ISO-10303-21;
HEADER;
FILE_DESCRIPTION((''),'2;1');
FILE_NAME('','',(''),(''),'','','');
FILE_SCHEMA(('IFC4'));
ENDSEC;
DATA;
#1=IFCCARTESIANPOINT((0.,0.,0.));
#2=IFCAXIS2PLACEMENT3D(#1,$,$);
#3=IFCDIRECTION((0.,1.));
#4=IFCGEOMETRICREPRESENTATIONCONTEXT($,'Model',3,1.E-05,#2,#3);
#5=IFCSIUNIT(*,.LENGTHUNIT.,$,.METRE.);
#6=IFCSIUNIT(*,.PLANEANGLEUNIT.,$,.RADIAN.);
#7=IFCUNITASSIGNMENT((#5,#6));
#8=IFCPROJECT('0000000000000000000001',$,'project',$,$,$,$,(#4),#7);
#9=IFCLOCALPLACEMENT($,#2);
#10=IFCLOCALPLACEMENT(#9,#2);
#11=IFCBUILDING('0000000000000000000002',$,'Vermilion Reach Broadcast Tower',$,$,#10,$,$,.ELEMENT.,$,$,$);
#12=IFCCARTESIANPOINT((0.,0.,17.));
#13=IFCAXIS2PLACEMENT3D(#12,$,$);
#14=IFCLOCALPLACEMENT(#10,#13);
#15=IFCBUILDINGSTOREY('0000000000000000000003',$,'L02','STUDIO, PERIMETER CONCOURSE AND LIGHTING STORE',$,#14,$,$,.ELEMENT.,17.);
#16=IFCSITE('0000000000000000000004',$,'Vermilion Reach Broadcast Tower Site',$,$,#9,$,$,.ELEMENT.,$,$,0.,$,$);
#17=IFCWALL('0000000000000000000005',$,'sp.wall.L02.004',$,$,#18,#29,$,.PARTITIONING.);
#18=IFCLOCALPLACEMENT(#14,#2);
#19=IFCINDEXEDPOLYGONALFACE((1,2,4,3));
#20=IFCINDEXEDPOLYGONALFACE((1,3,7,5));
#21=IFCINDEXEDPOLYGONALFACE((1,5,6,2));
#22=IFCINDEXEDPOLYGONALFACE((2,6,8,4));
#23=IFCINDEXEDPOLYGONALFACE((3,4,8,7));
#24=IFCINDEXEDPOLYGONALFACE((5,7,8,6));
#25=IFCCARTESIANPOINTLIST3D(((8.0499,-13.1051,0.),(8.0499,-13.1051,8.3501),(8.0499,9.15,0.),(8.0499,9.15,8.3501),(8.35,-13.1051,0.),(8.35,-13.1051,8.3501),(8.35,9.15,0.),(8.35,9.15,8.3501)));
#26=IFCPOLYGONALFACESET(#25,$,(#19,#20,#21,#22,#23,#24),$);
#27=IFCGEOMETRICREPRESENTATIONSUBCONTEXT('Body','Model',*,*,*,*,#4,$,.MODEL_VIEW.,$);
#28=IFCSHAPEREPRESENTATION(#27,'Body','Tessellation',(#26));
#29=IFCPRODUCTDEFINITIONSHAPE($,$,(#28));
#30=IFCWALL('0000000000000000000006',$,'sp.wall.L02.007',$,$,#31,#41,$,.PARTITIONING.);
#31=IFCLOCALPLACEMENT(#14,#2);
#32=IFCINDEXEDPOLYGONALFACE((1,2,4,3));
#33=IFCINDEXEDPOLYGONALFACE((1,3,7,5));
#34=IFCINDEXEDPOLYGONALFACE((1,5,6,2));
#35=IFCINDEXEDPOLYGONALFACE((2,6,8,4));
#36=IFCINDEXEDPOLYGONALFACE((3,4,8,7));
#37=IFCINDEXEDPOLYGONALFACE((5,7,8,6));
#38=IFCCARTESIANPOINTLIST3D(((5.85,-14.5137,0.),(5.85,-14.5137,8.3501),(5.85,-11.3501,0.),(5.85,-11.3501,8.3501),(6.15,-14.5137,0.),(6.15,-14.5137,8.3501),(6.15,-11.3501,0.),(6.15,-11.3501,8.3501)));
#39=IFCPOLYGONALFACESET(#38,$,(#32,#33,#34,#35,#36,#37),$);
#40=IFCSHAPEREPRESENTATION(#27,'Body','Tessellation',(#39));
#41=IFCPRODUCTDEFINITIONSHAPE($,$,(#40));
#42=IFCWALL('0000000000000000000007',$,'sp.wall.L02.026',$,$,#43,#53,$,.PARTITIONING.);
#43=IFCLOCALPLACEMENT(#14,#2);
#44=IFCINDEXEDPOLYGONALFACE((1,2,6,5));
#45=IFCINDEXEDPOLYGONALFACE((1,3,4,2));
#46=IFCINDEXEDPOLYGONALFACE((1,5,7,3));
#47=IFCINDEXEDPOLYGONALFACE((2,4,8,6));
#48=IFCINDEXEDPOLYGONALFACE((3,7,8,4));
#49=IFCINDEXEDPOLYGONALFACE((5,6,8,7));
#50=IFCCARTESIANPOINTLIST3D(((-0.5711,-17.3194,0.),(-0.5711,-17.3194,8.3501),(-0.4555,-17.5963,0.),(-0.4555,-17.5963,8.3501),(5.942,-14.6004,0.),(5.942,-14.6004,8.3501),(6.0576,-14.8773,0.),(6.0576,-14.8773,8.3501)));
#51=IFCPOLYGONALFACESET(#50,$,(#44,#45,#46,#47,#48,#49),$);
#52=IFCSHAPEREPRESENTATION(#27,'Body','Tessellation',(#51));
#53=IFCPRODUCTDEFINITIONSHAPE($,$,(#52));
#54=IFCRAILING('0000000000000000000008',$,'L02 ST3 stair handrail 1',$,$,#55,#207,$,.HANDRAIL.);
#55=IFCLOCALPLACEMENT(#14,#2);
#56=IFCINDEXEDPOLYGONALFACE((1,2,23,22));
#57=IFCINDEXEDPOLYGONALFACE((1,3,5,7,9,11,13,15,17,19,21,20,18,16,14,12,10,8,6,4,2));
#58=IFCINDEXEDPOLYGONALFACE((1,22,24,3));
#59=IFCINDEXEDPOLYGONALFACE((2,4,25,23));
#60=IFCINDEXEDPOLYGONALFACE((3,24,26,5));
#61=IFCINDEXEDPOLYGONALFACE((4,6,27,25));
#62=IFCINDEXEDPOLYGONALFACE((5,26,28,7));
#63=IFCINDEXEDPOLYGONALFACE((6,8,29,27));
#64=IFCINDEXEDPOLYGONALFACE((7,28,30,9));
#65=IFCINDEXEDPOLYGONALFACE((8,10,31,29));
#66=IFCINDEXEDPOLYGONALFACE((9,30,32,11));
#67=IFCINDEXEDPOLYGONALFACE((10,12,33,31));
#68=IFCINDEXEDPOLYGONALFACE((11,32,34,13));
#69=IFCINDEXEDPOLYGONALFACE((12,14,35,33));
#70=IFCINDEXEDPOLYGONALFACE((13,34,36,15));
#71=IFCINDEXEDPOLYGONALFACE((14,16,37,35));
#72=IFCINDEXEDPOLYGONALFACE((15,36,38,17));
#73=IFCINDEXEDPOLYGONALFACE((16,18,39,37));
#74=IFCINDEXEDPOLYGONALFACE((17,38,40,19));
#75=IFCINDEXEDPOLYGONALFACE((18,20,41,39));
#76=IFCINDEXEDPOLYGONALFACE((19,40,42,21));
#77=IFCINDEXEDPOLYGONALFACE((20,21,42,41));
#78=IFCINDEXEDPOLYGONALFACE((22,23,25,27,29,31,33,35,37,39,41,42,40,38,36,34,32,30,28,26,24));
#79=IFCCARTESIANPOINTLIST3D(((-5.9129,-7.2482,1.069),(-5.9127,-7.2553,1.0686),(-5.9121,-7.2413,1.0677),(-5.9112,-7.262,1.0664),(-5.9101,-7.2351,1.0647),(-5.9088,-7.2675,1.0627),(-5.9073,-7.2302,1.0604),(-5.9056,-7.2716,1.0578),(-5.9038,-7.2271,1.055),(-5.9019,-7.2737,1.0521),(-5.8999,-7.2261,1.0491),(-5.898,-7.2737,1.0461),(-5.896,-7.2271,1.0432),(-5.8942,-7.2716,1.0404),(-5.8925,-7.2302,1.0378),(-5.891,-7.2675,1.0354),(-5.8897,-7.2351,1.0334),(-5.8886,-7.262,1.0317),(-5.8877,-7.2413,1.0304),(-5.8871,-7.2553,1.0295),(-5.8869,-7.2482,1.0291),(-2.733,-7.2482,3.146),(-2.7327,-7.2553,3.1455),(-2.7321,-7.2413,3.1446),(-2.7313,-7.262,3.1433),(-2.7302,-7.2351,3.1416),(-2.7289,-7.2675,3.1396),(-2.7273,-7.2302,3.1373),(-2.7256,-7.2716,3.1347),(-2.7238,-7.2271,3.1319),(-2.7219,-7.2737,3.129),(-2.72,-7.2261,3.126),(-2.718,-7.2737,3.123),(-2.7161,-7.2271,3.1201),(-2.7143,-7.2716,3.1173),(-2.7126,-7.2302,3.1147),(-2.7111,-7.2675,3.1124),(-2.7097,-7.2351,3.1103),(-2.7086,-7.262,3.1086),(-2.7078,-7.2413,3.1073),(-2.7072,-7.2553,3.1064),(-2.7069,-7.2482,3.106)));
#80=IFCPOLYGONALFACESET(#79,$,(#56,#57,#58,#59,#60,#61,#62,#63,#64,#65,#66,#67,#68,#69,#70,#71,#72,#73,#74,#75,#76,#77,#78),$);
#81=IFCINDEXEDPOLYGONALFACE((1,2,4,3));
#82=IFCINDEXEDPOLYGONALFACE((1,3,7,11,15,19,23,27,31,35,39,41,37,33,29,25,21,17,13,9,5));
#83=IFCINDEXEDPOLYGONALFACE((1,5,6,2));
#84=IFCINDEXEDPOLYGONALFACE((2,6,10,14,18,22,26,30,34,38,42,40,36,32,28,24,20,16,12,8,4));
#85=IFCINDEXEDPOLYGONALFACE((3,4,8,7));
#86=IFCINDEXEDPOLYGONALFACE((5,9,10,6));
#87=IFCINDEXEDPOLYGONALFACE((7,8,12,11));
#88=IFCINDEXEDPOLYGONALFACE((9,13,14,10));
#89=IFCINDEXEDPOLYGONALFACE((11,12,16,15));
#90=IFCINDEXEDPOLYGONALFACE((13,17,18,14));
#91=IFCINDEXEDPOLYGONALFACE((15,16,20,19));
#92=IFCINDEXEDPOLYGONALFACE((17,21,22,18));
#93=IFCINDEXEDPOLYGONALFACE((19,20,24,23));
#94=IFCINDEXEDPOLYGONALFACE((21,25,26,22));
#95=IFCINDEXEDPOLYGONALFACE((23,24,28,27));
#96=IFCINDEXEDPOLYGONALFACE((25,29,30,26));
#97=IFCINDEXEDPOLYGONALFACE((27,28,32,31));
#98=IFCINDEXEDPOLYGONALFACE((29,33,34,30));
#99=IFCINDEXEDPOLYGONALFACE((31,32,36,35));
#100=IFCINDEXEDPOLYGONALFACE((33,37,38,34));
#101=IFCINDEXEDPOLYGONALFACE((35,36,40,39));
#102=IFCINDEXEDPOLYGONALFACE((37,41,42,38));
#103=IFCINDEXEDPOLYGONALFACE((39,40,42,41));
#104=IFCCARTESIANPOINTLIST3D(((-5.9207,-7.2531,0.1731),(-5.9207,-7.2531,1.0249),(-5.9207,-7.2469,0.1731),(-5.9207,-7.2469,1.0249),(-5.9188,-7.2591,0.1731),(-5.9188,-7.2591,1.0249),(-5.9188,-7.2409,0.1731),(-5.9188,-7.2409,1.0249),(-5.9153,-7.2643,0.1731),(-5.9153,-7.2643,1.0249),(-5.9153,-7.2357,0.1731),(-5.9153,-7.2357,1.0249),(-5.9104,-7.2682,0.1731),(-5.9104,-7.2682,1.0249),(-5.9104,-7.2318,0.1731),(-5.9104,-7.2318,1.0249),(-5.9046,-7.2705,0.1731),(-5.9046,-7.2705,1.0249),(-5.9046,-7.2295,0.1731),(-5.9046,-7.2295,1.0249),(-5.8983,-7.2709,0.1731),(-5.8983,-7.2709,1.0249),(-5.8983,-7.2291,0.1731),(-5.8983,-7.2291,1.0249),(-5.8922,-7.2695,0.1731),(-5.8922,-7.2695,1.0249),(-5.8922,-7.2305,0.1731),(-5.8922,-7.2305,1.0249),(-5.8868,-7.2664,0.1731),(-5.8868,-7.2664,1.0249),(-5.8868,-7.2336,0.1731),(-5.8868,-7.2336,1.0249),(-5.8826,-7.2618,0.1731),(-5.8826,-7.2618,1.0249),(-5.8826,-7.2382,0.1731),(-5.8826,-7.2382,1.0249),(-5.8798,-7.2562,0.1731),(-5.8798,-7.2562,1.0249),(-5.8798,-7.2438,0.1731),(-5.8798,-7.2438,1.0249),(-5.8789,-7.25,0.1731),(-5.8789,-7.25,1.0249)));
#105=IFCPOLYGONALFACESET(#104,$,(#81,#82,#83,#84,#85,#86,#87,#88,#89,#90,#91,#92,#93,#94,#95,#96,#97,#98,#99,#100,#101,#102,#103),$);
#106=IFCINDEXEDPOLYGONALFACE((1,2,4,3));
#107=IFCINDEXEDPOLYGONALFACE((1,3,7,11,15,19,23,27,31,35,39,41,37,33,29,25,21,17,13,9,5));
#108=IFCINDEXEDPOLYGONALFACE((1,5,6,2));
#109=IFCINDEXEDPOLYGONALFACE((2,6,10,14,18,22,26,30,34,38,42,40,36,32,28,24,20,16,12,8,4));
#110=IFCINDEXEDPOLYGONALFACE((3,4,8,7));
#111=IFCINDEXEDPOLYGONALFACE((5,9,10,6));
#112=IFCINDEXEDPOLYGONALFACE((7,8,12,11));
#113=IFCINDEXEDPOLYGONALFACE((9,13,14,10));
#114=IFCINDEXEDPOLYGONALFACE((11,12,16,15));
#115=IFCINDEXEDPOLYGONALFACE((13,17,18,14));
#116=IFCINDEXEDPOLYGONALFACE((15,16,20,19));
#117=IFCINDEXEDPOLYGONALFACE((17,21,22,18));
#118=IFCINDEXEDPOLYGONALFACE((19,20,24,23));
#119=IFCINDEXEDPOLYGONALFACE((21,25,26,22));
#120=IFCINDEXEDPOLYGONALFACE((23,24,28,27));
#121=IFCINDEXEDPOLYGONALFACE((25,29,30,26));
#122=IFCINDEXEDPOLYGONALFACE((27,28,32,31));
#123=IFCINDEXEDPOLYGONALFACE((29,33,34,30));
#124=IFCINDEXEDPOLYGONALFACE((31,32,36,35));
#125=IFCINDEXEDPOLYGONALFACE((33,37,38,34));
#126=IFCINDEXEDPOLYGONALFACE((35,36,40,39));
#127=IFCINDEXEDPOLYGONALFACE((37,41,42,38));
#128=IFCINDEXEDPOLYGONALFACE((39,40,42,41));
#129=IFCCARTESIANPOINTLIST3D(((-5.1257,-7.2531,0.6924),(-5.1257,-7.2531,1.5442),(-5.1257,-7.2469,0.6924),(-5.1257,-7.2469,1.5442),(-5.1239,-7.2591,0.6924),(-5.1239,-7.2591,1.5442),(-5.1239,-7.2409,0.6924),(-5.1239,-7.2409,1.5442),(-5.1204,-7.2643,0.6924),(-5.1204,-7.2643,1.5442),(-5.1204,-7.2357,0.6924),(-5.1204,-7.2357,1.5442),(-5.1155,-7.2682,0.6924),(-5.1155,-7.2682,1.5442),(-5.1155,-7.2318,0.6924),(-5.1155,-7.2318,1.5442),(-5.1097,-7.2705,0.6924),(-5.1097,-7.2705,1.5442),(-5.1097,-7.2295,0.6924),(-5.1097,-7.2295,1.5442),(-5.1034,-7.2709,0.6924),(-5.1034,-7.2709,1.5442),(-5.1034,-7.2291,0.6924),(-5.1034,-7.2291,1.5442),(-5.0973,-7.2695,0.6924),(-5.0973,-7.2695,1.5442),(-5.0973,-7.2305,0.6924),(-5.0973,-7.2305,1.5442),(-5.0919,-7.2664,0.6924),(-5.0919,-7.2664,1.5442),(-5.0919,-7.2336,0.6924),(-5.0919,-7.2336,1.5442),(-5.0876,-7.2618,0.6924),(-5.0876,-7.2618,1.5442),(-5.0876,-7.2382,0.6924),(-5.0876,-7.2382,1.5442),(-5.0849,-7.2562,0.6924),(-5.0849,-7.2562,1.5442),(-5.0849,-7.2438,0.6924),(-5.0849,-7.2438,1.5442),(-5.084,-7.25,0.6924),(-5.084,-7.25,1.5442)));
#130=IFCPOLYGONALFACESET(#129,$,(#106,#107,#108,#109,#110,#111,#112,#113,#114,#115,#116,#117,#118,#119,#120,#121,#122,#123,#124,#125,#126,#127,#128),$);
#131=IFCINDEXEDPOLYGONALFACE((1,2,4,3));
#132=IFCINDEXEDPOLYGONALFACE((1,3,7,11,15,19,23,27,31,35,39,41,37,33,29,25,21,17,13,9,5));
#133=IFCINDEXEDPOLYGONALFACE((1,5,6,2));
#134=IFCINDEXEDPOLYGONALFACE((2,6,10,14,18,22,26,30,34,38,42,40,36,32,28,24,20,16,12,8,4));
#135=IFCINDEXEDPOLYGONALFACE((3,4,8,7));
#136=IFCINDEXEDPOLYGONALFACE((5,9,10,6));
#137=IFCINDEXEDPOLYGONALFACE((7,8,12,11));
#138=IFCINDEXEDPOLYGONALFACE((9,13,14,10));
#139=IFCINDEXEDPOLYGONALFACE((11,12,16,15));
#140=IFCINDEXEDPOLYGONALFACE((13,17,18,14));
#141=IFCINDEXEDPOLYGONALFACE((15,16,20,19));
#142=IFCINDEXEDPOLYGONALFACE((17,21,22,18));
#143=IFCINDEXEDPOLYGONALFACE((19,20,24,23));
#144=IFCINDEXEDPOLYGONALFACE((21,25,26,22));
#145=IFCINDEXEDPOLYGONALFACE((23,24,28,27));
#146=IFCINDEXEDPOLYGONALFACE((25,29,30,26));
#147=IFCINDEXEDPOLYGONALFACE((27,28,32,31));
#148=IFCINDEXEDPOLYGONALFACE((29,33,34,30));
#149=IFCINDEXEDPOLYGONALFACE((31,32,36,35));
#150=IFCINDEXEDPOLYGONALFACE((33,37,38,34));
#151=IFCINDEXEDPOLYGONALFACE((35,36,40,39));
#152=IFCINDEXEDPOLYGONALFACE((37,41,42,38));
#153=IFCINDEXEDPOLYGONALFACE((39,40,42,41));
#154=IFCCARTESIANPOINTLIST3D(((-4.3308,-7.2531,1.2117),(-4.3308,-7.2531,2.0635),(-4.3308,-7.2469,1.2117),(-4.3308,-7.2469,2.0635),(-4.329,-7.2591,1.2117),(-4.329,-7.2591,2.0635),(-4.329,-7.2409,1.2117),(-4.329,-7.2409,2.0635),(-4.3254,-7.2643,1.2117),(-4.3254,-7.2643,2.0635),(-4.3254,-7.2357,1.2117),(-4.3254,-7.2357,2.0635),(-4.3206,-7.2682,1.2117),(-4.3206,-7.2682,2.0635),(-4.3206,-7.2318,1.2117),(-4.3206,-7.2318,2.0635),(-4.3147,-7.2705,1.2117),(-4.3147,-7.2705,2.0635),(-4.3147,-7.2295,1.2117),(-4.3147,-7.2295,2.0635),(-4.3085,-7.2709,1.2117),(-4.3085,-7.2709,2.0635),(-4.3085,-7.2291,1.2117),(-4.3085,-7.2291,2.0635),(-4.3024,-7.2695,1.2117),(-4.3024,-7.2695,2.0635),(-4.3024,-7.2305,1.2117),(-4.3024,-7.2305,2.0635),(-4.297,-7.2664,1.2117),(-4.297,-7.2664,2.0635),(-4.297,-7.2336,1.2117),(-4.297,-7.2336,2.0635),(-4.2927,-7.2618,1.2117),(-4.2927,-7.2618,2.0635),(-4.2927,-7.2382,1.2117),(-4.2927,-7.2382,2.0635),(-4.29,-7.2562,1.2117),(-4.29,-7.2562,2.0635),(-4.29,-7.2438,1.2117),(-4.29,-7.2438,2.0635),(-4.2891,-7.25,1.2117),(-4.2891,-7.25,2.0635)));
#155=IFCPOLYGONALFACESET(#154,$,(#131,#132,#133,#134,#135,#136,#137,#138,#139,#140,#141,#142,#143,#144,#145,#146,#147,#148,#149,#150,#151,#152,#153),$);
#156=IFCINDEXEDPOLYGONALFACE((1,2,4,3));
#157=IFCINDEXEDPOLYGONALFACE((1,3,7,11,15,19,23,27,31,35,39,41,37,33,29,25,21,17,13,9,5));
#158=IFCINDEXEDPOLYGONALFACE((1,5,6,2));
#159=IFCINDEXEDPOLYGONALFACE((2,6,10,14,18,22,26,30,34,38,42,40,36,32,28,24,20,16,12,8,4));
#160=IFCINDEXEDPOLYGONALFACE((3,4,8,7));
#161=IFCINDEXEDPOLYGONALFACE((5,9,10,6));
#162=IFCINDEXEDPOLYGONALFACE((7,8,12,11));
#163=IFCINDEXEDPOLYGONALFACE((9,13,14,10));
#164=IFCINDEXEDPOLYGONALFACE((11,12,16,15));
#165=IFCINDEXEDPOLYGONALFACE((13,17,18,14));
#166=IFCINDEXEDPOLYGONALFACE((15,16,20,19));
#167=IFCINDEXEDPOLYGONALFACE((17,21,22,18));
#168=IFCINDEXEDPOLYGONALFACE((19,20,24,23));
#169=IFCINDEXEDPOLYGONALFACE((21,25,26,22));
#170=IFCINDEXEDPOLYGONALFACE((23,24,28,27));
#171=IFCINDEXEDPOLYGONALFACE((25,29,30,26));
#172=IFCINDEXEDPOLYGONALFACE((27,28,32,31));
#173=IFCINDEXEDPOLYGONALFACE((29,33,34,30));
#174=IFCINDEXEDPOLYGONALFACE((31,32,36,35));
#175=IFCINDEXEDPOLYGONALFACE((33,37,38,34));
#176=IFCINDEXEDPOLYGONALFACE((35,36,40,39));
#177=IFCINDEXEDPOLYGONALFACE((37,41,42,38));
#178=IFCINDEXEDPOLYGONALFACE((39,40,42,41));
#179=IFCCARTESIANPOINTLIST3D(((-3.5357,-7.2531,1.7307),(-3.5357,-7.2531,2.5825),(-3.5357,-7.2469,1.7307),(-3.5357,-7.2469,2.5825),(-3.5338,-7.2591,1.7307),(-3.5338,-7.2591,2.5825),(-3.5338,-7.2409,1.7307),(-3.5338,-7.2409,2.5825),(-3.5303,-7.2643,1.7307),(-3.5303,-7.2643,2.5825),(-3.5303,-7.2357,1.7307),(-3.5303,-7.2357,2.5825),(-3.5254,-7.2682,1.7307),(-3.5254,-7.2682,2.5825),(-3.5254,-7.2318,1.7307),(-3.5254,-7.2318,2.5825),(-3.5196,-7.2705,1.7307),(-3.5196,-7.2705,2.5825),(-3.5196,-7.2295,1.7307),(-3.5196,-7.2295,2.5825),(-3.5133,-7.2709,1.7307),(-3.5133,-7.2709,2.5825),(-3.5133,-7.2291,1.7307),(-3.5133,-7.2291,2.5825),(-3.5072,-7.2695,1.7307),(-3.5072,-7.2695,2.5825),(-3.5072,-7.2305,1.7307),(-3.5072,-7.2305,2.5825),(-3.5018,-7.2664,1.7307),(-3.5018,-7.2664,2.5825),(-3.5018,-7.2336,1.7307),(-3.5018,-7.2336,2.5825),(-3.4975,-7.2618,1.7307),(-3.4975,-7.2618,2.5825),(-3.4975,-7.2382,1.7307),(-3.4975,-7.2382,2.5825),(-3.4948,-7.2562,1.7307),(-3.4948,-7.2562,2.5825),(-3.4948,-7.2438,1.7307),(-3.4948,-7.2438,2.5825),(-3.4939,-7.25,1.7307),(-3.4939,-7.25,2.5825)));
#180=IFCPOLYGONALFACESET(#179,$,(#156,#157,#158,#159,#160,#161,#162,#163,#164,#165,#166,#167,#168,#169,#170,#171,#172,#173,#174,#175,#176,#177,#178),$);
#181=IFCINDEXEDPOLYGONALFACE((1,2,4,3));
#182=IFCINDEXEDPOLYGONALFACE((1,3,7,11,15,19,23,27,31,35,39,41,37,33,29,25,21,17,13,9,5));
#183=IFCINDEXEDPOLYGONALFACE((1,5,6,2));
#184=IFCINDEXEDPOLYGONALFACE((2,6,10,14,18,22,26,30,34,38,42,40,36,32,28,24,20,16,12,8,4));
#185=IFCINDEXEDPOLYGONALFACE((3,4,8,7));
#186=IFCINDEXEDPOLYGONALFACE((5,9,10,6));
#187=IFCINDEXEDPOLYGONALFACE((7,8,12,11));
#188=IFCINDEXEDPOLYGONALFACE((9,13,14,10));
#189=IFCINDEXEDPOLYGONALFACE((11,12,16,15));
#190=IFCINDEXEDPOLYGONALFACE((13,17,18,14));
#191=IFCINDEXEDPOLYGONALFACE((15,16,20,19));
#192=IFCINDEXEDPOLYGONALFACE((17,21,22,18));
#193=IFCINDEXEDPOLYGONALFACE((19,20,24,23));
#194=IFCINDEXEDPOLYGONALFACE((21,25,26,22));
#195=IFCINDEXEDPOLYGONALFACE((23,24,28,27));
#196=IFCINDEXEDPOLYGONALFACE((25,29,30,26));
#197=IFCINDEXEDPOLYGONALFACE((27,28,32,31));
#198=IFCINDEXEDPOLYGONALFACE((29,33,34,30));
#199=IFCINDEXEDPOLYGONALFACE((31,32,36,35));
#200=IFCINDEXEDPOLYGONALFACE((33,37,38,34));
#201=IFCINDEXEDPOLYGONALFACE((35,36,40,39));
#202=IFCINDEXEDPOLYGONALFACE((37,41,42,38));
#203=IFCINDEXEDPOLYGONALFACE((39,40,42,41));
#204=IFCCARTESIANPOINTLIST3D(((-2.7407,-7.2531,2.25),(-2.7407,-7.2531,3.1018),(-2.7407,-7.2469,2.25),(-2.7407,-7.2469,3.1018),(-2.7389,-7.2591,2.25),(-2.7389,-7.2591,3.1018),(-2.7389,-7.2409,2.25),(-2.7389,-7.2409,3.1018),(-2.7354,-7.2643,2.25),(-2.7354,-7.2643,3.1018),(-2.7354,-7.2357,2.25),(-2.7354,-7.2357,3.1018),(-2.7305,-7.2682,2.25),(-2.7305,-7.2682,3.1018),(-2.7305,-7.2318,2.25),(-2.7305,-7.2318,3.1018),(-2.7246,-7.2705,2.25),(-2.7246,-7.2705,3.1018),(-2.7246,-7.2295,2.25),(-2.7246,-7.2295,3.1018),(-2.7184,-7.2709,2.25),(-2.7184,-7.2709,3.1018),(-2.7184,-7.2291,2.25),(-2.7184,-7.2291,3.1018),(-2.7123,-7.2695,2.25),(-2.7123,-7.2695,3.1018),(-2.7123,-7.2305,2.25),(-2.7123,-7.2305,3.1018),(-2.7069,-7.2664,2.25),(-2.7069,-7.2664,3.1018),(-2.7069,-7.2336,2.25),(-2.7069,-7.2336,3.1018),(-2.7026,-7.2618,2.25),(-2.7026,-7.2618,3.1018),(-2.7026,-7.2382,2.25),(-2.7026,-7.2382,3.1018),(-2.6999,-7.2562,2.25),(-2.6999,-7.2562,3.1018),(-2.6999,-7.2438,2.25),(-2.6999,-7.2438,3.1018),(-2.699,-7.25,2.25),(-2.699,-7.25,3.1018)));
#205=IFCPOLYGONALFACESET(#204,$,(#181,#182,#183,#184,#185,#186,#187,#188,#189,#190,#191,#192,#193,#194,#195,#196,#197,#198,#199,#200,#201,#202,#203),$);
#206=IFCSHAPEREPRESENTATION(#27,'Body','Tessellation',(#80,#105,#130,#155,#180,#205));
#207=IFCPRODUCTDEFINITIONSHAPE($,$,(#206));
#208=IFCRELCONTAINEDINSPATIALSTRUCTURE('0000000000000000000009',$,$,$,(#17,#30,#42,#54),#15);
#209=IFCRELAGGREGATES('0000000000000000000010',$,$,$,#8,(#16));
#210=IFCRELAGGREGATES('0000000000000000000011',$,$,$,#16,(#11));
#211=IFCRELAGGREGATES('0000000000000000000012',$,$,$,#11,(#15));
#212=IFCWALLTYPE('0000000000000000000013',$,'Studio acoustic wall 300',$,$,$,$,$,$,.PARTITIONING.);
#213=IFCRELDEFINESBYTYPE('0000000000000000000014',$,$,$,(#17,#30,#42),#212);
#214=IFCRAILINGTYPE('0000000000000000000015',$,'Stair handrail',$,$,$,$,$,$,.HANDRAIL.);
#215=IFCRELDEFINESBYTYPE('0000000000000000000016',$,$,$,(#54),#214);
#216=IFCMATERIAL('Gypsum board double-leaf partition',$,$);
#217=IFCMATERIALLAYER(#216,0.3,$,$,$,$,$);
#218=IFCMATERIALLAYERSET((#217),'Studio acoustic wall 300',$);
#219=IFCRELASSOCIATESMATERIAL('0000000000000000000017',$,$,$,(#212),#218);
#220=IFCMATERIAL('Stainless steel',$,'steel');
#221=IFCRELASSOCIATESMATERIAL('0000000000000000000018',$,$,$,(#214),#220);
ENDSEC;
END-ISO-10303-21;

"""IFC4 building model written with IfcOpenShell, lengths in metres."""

from ifc_helpers import new_model, si_unit, direction, frame, frame_2d, origin, origin_2d, place, context, subcontext, project, spatial, rectangle, circle, extrude, material, layer, layer_set, type_object, element, save


model = new_model("IFC4")

# Units and contexts
model_context = context("Model", 3, precision=1e-05, world=origin(), true_north=direction((0.0, 1.0)))
body_context = subcontext(model_context, "Body", "Model", "MODEL_VIEW")
ifc_project = project(units=[si_unit("LENGTHUNIT", "METRE"), si_unit("PLANEANGLEUNIT", "RADIAN")], contexts=[model_context])

# Site, building, storey
site_placement = place(None, origin())
site = spatial("IfcSite", under=ifc_project, at=site_placement, Name="Vermilion Reach Broadcast Tower Site", CompositionType="ELEMENT", RefElevation=0.0)
building_placement = place(site_placement, origin())
building = spatial("IfcBuilding", under=site, at=building_placement, Name="Vermilion Reach Broadcast Tower", CompositionType="ELEMENT")
storey_placement = place(building_placement, frame((0.0, 0.0, 17.0)))
storey = spatial("IfcBuildingStorey", under=building, at=storey_placement, Name="L02", Description="STUDIO, PERIMETER CONCOURSE AND LIGHTING STORE", CompositionType="ELEMENT", Elevation=17.0)

# Walls
ifc_material_1 = material(Name="Gypsum board double-leaf partition")
ifc_layer_1 = layer(ifc_material_1, 0.3)
ifc_layer_set_1 = layer_set([ifc_layer_1], Name="Studio acoustic wall 300")
wall_type_1 = type_object("IfcWallType", Name="Studio acoustic wall 300", PredefinedType="PARTITIONING", material=ifc_layer_set_1)
wall_1_placement = place(storey_placement, frame((8.2, -13.105, 0.0), z_axis=(0.0, 0.0, 1.0), x_axis=(0.0, 1.0, 0.0)))
element("IfcWall", 1, at=wall_1_placement, inside=storey, type_object=wall_type_1, Name="sp.wall.L02.004", PredefinedType="PARTITIONING", context=body_context, shape_type="SweptSolid", body=[
    extrude(rectangle(XDim=22.2551, YDim=0.3, at=frame_2d((11.1274, 0.0))), origin(), (0.0, 0.0, 1.0), 8.3501),
])
wall_2_placement = place(storey_placement, frame((6.0, -14.5137, 0.0), z_axis=(0.0, 0.0, 1.0), x_axis=(0.0, 1.0, 0.0)))
element("IfcWall", 2, at=wall_2_placement, inside=storey, type_object=wall_type_1, Name="sp.wall.L02.007", PredefinedType="PARTITIONING", context=body_context, shape_type="SweptSolid", body=[
    extrude(rectangle(XDim=3.1636, YDim=0.3, at=frame_2d((1.5818, 0.0))), origin(), (0.0, 0.0, 1.0), 8.3501),
])
wall_3_placement = place(storey_placement, frame((-0.5132, -17.4578, 0.0), z_axis=(0.0, 0.0, 1.0), x_axis=(0.922817, 0.385239, 0.0)))
element("IfcWall", 3, at=wall_3_placement, inside=storey, type_object=wall_type_1, Name="sp.wall.L02.026", PredefinedType="PARTITIONING", context=body_context, shape_type="SweptSolid", body=[
    extrude(rectangle(XDim=7.0579, YDim=0.3, at=frame_2d((3.5288, 0.0))), origin(), (0.0, 0.0, 1.0), 8.3501),
])

# Railing
ifc_material_2 = material(Name="Stainless steel", Category="steel")
railing_type = type_object("IfcRailingType", Name="Stair handrail", PredefinedType="HANDRAIL", material=ifc_material_2)
railing_placement = place(storey_placement, frame((-5.8999, -7.25, 0.1731)))
element("IfcRailing", 4, at=railing_placement, inside=storey, type_object=railing_type, Name="L02 ST3 stair handrail 1", PredefinedType="HANDRAIL", context=body_context, shape_type="SweptSolid", body=[
    extrude(circle(Radius=0.0239, at=origin_2d()), frame((0.0, 0.0, 0.876), z_axis=(0.837245, 0.0, 0.546828), x_axis=(0.0, 1.0, 0.0)), (0.0, 0.0, 1.0), 3.7981),
    extrude(circle(Radius=0.021, at=origin_2d()), origin(), (0.0, 0.0, 1.0), 0.8518),
    extrude(circle(Radius=0.021, at=origin_2d()), frame((0.7949, 0.0, 0.5193)), (0.0, 0.0, 1.0), 0.8518),
    extrude(circle(Radius=0.021, at=origin_2d()), frame((1.5898, 0.0, 1.0386)), (0.0, 0.0, 1.0), 0.8518),
    extrude(circle(Radius=0.021, at=origin_2d()), frame((2.385, 0.0, 1.5576)), (0.0, 0.0, 1.0), 0.8518),
    extrude(circle(Radius=0.021, at=origin_2d()), frame((3.1799, 0.0, 2.0769)), (0.0, 0.0, 1.0), 0.8518),
])

save(model, "model.ifc")
